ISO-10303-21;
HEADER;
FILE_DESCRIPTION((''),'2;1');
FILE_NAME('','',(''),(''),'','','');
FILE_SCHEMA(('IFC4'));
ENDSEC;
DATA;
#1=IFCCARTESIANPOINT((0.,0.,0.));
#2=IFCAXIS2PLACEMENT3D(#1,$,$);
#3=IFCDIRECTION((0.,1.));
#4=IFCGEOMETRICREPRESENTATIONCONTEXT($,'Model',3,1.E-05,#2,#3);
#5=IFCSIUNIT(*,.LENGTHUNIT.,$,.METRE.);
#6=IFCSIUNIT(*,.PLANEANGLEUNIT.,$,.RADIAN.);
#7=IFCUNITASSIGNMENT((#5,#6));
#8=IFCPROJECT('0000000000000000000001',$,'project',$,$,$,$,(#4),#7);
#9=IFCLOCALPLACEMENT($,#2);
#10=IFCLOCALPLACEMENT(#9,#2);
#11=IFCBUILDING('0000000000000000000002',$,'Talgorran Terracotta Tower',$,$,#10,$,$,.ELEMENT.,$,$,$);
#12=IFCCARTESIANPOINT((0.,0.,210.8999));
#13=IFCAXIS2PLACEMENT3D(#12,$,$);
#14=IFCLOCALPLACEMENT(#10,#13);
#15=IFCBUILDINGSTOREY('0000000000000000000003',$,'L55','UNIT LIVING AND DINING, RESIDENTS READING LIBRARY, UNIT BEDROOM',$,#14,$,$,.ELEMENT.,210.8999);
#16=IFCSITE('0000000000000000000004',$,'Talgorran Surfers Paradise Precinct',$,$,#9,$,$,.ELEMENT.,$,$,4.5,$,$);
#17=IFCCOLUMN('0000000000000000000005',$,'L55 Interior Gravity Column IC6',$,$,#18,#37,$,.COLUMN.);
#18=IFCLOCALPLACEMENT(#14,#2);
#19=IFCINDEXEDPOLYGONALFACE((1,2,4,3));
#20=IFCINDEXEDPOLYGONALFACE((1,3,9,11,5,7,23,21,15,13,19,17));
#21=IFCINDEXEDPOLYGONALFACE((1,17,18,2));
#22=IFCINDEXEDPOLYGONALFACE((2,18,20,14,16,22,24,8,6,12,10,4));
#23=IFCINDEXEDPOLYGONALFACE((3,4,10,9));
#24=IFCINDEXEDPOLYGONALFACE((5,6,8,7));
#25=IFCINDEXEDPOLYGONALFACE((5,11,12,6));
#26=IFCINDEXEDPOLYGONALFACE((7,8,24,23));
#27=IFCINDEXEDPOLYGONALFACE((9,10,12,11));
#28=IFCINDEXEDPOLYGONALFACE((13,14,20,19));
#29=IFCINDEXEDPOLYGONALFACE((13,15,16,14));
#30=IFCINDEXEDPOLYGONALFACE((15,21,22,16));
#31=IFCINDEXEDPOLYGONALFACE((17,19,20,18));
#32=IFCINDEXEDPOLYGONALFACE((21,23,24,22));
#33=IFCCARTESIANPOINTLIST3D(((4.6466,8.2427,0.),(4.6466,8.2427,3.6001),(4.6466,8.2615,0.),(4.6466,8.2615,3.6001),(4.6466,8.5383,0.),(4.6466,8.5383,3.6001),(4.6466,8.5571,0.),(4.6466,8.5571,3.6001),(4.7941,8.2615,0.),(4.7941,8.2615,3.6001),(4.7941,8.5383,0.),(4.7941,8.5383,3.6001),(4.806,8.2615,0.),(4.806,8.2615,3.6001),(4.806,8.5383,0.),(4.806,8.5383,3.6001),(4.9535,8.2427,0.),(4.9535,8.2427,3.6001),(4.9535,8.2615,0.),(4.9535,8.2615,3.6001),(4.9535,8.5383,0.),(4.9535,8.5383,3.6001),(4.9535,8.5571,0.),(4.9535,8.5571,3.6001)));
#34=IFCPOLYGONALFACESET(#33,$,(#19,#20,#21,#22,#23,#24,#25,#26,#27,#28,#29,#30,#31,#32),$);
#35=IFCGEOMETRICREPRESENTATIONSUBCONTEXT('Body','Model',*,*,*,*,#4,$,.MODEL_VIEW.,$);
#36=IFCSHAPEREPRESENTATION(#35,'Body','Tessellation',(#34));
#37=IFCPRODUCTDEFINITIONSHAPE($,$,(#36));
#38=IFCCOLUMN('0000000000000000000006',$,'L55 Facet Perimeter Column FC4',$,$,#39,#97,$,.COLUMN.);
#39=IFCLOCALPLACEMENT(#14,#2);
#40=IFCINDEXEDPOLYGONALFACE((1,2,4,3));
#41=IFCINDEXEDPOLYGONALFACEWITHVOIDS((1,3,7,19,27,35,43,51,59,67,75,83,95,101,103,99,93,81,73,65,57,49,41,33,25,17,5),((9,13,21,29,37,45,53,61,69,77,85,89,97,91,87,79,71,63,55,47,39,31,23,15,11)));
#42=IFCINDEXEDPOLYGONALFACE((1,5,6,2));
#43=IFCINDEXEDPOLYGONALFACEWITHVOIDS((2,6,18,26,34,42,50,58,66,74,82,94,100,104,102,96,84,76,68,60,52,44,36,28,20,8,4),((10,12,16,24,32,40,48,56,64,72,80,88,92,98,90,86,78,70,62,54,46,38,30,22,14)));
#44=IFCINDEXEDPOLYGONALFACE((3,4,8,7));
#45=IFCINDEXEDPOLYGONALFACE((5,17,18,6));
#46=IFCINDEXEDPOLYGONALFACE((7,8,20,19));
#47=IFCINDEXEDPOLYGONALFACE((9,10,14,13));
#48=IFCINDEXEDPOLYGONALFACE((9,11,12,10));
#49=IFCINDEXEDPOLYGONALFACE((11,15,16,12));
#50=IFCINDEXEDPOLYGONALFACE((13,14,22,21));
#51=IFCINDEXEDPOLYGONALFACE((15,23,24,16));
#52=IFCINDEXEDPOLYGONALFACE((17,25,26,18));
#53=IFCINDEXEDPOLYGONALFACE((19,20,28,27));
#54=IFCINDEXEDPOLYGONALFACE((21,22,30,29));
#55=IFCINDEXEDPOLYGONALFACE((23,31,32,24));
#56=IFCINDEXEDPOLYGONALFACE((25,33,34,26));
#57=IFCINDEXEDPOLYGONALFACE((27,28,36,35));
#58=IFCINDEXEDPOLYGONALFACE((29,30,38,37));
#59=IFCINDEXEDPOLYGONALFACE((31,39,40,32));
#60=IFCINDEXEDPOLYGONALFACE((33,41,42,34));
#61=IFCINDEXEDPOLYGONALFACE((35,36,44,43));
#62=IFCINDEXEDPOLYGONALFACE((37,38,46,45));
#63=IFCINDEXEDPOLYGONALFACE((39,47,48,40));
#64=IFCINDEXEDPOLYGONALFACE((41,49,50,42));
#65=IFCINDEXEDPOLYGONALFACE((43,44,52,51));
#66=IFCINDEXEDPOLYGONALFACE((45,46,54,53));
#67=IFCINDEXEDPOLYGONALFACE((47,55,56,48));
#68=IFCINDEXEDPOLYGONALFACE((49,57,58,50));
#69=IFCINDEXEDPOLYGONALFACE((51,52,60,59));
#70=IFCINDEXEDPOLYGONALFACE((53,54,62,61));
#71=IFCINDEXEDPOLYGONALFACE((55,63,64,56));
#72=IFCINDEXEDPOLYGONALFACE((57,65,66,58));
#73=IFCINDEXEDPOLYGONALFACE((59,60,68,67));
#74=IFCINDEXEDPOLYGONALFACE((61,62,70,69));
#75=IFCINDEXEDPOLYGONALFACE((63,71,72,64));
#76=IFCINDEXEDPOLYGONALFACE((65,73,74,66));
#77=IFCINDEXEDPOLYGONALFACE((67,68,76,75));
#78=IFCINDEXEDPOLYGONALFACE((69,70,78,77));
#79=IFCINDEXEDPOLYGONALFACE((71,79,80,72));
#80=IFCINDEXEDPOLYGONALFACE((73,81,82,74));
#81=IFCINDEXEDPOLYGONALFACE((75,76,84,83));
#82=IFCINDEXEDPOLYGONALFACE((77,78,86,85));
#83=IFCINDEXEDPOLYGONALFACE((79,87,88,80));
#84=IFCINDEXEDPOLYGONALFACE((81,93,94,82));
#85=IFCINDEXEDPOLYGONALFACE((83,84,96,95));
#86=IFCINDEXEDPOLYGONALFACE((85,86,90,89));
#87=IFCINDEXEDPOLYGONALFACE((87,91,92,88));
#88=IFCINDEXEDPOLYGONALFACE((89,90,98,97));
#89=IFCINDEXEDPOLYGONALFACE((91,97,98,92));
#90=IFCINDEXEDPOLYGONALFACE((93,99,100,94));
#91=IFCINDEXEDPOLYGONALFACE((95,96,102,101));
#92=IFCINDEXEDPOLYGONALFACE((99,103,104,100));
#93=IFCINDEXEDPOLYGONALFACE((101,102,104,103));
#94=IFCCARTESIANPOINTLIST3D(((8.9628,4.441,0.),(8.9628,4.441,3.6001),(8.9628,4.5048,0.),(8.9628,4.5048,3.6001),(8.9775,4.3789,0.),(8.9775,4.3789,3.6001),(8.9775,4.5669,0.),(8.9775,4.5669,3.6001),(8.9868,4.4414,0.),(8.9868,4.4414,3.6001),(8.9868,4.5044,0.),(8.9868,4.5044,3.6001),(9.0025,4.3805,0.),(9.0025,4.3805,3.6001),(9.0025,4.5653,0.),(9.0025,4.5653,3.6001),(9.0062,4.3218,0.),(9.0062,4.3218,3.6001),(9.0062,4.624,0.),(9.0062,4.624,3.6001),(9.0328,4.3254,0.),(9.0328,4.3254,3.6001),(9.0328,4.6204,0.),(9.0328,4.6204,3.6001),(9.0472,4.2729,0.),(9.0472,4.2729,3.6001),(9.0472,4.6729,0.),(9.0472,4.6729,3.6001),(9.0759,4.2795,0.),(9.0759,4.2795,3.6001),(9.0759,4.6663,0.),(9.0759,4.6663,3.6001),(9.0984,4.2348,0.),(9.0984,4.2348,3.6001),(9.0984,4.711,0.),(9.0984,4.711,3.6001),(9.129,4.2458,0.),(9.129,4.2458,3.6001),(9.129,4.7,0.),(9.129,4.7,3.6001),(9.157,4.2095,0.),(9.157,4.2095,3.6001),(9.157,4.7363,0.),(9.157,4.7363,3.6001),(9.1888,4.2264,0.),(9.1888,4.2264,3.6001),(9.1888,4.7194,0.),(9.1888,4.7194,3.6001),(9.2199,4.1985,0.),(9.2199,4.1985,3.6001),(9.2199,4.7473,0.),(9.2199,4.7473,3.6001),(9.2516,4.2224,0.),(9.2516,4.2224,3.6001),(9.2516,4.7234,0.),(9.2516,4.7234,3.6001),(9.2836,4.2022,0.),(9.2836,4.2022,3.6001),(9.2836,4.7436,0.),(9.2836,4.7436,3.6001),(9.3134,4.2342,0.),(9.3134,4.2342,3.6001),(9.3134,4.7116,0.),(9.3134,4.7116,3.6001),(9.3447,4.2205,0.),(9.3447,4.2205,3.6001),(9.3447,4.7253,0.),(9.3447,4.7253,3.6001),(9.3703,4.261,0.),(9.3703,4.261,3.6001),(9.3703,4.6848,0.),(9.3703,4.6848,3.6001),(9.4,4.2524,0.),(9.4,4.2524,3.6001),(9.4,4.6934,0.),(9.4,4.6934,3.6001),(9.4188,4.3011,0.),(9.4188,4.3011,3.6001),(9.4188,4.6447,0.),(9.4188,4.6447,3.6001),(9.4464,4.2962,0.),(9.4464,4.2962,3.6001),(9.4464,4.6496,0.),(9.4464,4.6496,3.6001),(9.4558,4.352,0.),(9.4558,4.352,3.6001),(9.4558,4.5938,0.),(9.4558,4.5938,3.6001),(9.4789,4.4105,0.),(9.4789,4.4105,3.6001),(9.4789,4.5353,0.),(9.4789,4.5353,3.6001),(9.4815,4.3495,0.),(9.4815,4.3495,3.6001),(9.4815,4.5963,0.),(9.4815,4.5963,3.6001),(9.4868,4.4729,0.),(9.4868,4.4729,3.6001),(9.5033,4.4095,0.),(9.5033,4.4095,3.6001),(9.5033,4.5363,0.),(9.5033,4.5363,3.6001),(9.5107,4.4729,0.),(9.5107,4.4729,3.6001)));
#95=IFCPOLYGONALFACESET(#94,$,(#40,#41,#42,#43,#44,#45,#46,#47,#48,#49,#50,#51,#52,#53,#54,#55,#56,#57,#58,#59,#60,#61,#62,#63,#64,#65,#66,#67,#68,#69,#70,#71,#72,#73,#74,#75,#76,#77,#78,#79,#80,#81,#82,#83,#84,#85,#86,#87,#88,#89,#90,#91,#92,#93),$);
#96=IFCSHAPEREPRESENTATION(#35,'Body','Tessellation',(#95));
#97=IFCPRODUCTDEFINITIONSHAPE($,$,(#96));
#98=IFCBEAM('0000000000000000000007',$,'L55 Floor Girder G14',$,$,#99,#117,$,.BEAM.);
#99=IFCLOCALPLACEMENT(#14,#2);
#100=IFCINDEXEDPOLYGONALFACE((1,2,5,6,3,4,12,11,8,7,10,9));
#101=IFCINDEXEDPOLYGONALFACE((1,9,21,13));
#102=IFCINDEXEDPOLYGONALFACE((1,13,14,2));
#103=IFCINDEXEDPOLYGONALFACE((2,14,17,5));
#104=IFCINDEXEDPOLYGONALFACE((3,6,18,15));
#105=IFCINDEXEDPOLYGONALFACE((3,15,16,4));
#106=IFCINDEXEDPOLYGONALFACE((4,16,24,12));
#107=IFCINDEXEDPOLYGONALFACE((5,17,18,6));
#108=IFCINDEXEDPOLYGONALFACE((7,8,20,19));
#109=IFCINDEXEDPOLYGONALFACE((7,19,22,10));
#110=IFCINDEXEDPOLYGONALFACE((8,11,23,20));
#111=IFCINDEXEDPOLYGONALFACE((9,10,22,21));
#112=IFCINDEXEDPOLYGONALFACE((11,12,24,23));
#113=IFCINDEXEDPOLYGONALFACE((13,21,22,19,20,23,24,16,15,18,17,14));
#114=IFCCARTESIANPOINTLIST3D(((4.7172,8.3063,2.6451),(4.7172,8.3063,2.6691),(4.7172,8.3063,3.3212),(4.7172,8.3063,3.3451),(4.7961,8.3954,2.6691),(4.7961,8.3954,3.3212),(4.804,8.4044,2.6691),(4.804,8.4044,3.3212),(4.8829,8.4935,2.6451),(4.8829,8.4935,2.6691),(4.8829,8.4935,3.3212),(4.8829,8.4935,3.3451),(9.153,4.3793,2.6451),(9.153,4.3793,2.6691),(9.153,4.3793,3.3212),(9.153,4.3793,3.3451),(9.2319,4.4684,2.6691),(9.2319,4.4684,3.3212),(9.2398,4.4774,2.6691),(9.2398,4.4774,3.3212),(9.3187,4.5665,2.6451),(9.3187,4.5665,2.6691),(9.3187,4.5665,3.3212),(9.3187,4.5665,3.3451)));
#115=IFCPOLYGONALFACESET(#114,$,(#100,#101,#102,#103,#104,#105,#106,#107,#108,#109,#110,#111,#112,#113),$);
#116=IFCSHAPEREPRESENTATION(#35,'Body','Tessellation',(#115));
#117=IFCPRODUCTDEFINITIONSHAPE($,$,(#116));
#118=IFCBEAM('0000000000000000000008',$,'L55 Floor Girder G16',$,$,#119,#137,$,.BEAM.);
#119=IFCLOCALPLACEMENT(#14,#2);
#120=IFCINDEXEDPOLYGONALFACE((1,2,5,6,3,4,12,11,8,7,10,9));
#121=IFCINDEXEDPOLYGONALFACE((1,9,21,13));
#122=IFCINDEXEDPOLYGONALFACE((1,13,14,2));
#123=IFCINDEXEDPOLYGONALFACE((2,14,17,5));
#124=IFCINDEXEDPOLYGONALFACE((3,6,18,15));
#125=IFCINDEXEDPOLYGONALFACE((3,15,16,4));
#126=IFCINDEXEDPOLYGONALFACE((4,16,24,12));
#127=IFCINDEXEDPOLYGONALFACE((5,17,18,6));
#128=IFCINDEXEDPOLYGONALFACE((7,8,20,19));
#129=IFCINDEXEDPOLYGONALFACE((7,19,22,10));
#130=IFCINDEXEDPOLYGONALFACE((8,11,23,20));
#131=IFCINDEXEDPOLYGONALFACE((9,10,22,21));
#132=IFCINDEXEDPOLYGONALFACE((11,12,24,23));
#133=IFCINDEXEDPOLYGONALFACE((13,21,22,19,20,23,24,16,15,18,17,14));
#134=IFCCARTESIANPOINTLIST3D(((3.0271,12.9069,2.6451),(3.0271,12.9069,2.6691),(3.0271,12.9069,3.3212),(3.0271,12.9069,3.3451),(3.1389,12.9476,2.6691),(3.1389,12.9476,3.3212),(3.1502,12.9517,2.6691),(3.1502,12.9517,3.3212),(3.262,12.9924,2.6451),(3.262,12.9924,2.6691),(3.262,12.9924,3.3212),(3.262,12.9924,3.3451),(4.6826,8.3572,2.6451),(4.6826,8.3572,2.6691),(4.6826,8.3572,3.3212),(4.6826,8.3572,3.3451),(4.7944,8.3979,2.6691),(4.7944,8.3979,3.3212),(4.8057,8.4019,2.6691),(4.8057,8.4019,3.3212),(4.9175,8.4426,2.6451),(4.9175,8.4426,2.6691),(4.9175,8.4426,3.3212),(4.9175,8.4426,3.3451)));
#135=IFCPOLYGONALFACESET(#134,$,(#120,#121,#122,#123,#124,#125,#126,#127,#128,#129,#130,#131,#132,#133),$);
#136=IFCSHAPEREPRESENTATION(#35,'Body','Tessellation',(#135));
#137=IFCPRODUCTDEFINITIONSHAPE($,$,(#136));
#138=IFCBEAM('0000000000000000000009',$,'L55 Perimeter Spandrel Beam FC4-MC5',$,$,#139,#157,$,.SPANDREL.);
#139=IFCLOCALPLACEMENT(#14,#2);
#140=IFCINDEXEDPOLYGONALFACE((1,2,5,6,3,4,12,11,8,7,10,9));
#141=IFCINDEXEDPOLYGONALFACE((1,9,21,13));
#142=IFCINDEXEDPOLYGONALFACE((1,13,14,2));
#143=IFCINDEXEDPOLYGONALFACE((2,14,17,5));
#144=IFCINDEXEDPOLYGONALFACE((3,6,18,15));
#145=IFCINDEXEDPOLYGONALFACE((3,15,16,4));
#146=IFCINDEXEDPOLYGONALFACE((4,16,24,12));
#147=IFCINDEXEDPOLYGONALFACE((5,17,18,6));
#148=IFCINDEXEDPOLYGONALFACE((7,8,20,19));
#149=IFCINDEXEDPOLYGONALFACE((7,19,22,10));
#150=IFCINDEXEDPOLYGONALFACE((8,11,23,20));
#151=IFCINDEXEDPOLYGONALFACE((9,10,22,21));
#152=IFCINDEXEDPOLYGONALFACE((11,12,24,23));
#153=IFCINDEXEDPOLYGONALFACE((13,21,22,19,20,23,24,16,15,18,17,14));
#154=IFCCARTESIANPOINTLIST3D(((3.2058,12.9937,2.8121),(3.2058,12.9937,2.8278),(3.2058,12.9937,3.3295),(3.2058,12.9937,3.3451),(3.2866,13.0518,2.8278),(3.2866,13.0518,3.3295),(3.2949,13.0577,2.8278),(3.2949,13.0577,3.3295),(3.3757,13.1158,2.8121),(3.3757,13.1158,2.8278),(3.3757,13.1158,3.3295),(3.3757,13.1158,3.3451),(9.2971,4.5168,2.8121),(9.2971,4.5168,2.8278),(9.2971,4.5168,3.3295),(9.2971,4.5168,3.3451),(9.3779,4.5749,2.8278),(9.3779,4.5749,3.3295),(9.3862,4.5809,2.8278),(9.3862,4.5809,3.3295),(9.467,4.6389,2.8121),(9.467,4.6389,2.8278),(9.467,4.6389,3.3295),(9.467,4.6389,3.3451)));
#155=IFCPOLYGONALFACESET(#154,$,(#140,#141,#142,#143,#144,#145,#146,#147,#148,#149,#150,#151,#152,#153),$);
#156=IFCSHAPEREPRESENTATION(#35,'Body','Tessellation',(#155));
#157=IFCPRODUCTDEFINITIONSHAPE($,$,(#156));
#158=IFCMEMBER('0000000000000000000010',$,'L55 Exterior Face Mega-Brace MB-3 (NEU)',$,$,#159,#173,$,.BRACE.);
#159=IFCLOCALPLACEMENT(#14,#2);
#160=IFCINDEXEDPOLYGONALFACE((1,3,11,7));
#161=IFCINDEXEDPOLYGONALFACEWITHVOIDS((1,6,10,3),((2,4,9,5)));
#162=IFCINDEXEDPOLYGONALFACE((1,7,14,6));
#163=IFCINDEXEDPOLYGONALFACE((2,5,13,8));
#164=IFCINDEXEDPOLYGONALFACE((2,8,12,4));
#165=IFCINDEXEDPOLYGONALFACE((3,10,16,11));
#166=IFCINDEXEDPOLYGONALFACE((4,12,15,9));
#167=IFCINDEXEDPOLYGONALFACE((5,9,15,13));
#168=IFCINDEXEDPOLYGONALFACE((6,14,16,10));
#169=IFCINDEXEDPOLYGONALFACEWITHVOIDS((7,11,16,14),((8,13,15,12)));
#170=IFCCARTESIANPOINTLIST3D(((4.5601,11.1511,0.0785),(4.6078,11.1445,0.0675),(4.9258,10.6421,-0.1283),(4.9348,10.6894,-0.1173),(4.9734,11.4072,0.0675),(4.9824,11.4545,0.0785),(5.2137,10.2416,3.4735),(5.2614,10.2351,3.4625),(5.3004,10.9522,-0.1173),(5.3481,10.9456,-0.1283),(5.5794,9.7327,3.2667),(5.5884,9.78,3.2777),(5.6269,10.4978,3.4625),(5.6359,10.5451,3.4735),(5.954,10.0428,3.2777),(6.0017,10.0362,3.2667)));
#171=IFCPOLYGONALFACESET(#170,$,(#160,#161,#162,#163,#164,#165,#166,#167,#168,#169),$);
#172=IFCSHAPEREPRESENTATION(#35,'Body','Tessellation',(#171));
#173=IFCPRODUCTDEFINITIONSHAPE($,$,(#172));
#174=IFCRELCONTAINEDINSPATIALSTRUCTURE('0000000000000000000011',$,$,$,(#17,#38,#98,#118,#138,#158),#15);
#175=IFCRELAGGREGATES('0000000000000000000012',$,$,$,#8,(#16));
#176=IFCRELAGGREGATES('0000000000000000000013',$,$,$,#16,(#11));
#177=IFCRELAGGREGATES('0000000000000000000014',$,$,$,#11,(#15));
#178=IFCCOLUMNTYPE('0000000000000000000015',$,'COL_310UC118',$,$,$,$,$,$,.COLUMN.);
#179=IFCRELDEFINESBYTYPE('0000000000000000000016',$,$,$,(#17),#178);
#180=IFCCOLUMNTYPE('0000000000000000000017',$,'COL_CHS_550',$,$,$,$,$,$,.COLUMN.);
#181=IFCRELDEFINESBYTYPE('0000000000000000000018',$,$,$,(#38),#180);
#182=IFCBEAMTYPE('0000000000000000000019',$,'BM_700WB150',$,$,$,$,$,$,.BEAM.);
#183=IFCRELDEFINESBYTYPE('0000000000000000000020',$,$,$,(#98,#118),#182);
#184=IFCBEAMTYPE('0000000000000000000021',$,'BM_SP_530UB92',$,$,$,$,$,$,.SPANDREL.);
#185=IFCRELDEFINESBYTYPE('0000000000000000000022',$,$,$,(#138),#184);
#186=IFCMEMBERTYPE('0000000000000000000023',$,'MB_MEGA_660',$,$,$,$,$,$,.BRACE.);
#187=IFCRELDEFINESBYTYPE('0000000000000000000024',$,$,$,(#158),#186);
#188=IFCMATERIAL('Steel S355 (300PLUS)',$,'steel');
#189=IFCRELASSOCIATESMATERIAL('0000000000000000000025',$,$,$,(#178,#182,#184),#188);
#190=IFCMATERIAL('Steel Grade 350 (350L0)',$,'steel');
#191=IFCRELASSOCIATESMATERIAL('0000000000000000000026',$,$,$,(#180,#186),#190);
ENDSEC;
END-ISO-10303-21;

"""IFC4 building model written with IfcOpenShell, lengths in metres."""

from ifc_helpers import new_model, si_unit, direction, frame, origin, origin_2d, place, context, subcontext, project, spatial, hollow_rectangle, hollow_circle, i_section, extrude, material, material_profile, profile_set, type_object, element, save


model = new_model("IFC4")

# Units and contexts
model_context = context("Model", 3, precision=1e-05, world=origin(), true_north=direction((0.0, 1.0)))
body_context = subcontext(model_context, "Body", "Model", "MODEL_VIEW")
ifc_project = project(units=[si_unit("LENGTHUNIT", "METRE"), si_unit("PLANEANGLEUNIT", "RADIAN")], contexts=[model_context])

# Site, building, storey
site_placement = place(None, origin())
site = spatial("IfcSite", under=ifc_project, at=site_placement, Name="Talgorran Surfers Paradise Precinct", CompositionType="ELEMENT", RefElevation=4.5)
building_placement = place(site_placement, origin())
building = spatial("IfcBuilding", under=site, at=building_placement, Name="Talgorran Terracotta Tower", CompositionType="ELEMENT")
storey_placement = place(building_placement, frame((0.0, 0.0, 210.8999)))
storey = spatial("IfcBuildingStorey", under=building, at=storey_placement, Name="L55", Description="UNIT LIVING AND DINING, RESIDENTS READING LIBRARY, UNIT BEDROOM", CompositionType="ELEMENT", Elevation=210.8999)

# Columns
ifc_material_1 = material(Name="Steel S355 (300PLUS)", Category="steel")
ifc_material_profile_1 = material_profile(ifc_material_1, i_section(OverallWidth=0.3069, OverallDepth=0.3145, WebThickness=0.012, FlangeThickness=0.0188, at=origin_2d()), Name="310UC118")
ifc_profile_set_1 = profile_set([ifc_material_profile_1], Name="Steel S355 (300PLUS)")
column_type_1 = type_object("IfcColumnType", Name="COL_310UC118", PredefinedType="COLUMN", material=ifc_profile_set_1)
column_1_placement = place(storey_placement, frame((4.8, 8.3999, 0.0), z_axis=(0.0, 0.0, 1.0), x_axis=(1.0, 0.0, 0.0)))
element("IfcColumn", 1, at=column_1_placement, inside=storey, type_object=column_type_1, Name="L55 Interior Gravity Column IC6", PredefinedType="COLUMN", context=body_context, shape_type="SweptSolid", body=[
    extrude(i_section(OverallWidth=0.3069, OverallDepth=0.3145, WebThickness=0.012, FlangeThickness=0.0188, at=origin_2d()), origin(), (0.0, 0.0, 1.0), 3.6001),
])
ifc_material_2 = material(Name="Steel Grade 350 (350L0)", Category="steel")
ifc_material_profile_2 = material_profile(ifc_material_2, hollow_circle(Radius=0.2749, WallThickness=0.0239, at=origin_2d()), Name="CHS550X24")
ifc_profile_set_2 = profile_set([ifc_material_profile_2], Name="Steel Grade 350 (350L0)")
column_type_2 = type_object("IfcColumnType", Name="COL_CHS_550", PredefinedType="COLUMN", material=ifc_profile_set_2)
column_2_placement = place(storey_placement, frame((9.2358, 4.4729, 0.0), z_axis=(0.0, 0.0, 1.0), x_axis=(1.0, 0.0, 0.0)))
element("IfcColumn", 2, at=column_2_placement, inside=storey, type_object=column_type_2, Name="L55 Facet Perimeter Column FC4", PredefinedType="COLUMN", context=body_context, shape_type="SweptSolid", body=[
    extrude(hollow_circle(Radius=0.2749, WallThickness=0.0239, at=origin_2d()), origin(), (0.0, 0.0, 1.0), 3.6001),
])

# Beams
ifc_material_profile_3 = material_profile(ifc_material_1, i_section(OverallWidth=0.25, OverallDepth=0.7, WebThickness=0.012, FlangeThickness=0.0239, at=origin_2d()), Name="700WB150")
ifc_profile_set_3 = profile_set([ifc_material_profile_3], Name="Steel S355 (300PLUS)")
beam_type_1 = type_object("IfcBeamType", Name="BM_700WB150", PredefinedType="BEAM", material=ifc_profile_set_3)
beam_1_placement = place(storey_placement, frame((4.8, 8.3999, 2.9951), z_axis=(0.748742, -0.662861, 0.0), x_axis=(0.662861, 0.748742, 0.0)))
element("IfcBeam", 3, at=beam_1_placement, inside=storey, type_object=beam_type_1, Name="L55 Floor Girder G14", PredefinedType="BEAM", context=body_context, shape_type="SweptSolid", body=[
    extrude(i_section(OverallWidth=0.25, OverallDepth=0.7, WebThickness=0.012, FlangeThickness=0.0239, at=origin_2d()), origin(), (0.0, 0.0, 1.0), 5.9243),
])
beam_2_placement = place(storey_placement, frame((4.8, 8.3999, 2.9951), z_axis=(-0.341933, 0.939724, 0.0), x_axis=(-0.939724, -0.341933, 0.0)))
element("IfcBeam", 4, at=beam_2_placement, inside=storey, type_object=beam_type_1, Name="L55 Floor Girder G16", PredefinedType="BEAM", context=body_context, shape_type="SweptSolid", body=[
    extrude(i_section(OverallWidth=0.25, OverallDepth=0.7, WebThickness=0.012, FlangeThickness=0.0239, at=origin_2d()), origin(), (0.0, 0.0, 1.0), 4.8416),
])
ifc_material_profile_4 = material_profile(ifc_material_1, i_section(OverallWidth=0.2092, OverallDepth=0.533, WebThickness=0.0103, FlangeThickness=0.0156, at=origin_2d()), Name="530UB92.4")
ifc_profile_set_4 = profile_set([ifc_material_profile_4], Name="Steel S355 (300PLUS)")
beam_type_2 = type_object("IfcBeamType", Name="BM_SP_530UB92", PredefinedType="SPANDREL", material=ifc_profile_set_4)
beam_3_placement = place(storey_placement, frame((9.3821, 4.5779, 3.0786), z_axis=(-0.583548, 0.812079, 0.0), x_axis=(-0.812079, -0.583548, 0.0)))
element("IfcBeam", 5, at=beam_3_placement, inside=storey, type_object=beam_type_2, Name="L55 Perimeter Spandrel Beam FC4-MC5", PredefinedType="SPANDREL", context=body_context, shape_type="SweptSolid", body=[
    extrude(i_section(OverallWidth=0.2092, OverallDepth=0.533, WebThickness=0.0103, FlangeThickness=0.0156, at=origin_2d()), origin(), (0.0, 0.0, 1.0), 10.4385),
])

# Member
ifc_material_profile_5 = material_profile(ifc_material_2, hollow_rectangle(XDim=0.52, YDim=0.6599, WallThickness=0.0349, at=origin_2d()), Name="WBOX660X520X35")
ifc_profile_set_5 = profile_set([ifc_material_profile_5], Name="Steel Grade 350 (350L0)")
member_type_1 = type_object("IfcMemberType", Name="MB_MEGA_660", PredefinedType="BRACE", material=ifc_profile_set_5)
member_1_placement = place(storey_placement, frame((4.9541, 11.0483, -0.0249), z_axis=(0.182817, -0.254387, 0.949666), x_axis=(0.812051, 0.583587, 0.0)))
element("IfcMember", 6, at=member_1_placement, inside=storey, type_object=member_type_1, Name="L55 Exterior Face Mega-Brace MB-3 (NEU)", PredefinedType="BRACE", context=body_context, shape_type="SweptSolid", body=[
    extrude(hollow_rectangle(XDim=0.52, YDim=0.6599, WallThickness=0.0349, at=origin_2d()), origin(), (0.0, 0.0, 1.0), 3.575),
])

save(model, "model.ifc")
